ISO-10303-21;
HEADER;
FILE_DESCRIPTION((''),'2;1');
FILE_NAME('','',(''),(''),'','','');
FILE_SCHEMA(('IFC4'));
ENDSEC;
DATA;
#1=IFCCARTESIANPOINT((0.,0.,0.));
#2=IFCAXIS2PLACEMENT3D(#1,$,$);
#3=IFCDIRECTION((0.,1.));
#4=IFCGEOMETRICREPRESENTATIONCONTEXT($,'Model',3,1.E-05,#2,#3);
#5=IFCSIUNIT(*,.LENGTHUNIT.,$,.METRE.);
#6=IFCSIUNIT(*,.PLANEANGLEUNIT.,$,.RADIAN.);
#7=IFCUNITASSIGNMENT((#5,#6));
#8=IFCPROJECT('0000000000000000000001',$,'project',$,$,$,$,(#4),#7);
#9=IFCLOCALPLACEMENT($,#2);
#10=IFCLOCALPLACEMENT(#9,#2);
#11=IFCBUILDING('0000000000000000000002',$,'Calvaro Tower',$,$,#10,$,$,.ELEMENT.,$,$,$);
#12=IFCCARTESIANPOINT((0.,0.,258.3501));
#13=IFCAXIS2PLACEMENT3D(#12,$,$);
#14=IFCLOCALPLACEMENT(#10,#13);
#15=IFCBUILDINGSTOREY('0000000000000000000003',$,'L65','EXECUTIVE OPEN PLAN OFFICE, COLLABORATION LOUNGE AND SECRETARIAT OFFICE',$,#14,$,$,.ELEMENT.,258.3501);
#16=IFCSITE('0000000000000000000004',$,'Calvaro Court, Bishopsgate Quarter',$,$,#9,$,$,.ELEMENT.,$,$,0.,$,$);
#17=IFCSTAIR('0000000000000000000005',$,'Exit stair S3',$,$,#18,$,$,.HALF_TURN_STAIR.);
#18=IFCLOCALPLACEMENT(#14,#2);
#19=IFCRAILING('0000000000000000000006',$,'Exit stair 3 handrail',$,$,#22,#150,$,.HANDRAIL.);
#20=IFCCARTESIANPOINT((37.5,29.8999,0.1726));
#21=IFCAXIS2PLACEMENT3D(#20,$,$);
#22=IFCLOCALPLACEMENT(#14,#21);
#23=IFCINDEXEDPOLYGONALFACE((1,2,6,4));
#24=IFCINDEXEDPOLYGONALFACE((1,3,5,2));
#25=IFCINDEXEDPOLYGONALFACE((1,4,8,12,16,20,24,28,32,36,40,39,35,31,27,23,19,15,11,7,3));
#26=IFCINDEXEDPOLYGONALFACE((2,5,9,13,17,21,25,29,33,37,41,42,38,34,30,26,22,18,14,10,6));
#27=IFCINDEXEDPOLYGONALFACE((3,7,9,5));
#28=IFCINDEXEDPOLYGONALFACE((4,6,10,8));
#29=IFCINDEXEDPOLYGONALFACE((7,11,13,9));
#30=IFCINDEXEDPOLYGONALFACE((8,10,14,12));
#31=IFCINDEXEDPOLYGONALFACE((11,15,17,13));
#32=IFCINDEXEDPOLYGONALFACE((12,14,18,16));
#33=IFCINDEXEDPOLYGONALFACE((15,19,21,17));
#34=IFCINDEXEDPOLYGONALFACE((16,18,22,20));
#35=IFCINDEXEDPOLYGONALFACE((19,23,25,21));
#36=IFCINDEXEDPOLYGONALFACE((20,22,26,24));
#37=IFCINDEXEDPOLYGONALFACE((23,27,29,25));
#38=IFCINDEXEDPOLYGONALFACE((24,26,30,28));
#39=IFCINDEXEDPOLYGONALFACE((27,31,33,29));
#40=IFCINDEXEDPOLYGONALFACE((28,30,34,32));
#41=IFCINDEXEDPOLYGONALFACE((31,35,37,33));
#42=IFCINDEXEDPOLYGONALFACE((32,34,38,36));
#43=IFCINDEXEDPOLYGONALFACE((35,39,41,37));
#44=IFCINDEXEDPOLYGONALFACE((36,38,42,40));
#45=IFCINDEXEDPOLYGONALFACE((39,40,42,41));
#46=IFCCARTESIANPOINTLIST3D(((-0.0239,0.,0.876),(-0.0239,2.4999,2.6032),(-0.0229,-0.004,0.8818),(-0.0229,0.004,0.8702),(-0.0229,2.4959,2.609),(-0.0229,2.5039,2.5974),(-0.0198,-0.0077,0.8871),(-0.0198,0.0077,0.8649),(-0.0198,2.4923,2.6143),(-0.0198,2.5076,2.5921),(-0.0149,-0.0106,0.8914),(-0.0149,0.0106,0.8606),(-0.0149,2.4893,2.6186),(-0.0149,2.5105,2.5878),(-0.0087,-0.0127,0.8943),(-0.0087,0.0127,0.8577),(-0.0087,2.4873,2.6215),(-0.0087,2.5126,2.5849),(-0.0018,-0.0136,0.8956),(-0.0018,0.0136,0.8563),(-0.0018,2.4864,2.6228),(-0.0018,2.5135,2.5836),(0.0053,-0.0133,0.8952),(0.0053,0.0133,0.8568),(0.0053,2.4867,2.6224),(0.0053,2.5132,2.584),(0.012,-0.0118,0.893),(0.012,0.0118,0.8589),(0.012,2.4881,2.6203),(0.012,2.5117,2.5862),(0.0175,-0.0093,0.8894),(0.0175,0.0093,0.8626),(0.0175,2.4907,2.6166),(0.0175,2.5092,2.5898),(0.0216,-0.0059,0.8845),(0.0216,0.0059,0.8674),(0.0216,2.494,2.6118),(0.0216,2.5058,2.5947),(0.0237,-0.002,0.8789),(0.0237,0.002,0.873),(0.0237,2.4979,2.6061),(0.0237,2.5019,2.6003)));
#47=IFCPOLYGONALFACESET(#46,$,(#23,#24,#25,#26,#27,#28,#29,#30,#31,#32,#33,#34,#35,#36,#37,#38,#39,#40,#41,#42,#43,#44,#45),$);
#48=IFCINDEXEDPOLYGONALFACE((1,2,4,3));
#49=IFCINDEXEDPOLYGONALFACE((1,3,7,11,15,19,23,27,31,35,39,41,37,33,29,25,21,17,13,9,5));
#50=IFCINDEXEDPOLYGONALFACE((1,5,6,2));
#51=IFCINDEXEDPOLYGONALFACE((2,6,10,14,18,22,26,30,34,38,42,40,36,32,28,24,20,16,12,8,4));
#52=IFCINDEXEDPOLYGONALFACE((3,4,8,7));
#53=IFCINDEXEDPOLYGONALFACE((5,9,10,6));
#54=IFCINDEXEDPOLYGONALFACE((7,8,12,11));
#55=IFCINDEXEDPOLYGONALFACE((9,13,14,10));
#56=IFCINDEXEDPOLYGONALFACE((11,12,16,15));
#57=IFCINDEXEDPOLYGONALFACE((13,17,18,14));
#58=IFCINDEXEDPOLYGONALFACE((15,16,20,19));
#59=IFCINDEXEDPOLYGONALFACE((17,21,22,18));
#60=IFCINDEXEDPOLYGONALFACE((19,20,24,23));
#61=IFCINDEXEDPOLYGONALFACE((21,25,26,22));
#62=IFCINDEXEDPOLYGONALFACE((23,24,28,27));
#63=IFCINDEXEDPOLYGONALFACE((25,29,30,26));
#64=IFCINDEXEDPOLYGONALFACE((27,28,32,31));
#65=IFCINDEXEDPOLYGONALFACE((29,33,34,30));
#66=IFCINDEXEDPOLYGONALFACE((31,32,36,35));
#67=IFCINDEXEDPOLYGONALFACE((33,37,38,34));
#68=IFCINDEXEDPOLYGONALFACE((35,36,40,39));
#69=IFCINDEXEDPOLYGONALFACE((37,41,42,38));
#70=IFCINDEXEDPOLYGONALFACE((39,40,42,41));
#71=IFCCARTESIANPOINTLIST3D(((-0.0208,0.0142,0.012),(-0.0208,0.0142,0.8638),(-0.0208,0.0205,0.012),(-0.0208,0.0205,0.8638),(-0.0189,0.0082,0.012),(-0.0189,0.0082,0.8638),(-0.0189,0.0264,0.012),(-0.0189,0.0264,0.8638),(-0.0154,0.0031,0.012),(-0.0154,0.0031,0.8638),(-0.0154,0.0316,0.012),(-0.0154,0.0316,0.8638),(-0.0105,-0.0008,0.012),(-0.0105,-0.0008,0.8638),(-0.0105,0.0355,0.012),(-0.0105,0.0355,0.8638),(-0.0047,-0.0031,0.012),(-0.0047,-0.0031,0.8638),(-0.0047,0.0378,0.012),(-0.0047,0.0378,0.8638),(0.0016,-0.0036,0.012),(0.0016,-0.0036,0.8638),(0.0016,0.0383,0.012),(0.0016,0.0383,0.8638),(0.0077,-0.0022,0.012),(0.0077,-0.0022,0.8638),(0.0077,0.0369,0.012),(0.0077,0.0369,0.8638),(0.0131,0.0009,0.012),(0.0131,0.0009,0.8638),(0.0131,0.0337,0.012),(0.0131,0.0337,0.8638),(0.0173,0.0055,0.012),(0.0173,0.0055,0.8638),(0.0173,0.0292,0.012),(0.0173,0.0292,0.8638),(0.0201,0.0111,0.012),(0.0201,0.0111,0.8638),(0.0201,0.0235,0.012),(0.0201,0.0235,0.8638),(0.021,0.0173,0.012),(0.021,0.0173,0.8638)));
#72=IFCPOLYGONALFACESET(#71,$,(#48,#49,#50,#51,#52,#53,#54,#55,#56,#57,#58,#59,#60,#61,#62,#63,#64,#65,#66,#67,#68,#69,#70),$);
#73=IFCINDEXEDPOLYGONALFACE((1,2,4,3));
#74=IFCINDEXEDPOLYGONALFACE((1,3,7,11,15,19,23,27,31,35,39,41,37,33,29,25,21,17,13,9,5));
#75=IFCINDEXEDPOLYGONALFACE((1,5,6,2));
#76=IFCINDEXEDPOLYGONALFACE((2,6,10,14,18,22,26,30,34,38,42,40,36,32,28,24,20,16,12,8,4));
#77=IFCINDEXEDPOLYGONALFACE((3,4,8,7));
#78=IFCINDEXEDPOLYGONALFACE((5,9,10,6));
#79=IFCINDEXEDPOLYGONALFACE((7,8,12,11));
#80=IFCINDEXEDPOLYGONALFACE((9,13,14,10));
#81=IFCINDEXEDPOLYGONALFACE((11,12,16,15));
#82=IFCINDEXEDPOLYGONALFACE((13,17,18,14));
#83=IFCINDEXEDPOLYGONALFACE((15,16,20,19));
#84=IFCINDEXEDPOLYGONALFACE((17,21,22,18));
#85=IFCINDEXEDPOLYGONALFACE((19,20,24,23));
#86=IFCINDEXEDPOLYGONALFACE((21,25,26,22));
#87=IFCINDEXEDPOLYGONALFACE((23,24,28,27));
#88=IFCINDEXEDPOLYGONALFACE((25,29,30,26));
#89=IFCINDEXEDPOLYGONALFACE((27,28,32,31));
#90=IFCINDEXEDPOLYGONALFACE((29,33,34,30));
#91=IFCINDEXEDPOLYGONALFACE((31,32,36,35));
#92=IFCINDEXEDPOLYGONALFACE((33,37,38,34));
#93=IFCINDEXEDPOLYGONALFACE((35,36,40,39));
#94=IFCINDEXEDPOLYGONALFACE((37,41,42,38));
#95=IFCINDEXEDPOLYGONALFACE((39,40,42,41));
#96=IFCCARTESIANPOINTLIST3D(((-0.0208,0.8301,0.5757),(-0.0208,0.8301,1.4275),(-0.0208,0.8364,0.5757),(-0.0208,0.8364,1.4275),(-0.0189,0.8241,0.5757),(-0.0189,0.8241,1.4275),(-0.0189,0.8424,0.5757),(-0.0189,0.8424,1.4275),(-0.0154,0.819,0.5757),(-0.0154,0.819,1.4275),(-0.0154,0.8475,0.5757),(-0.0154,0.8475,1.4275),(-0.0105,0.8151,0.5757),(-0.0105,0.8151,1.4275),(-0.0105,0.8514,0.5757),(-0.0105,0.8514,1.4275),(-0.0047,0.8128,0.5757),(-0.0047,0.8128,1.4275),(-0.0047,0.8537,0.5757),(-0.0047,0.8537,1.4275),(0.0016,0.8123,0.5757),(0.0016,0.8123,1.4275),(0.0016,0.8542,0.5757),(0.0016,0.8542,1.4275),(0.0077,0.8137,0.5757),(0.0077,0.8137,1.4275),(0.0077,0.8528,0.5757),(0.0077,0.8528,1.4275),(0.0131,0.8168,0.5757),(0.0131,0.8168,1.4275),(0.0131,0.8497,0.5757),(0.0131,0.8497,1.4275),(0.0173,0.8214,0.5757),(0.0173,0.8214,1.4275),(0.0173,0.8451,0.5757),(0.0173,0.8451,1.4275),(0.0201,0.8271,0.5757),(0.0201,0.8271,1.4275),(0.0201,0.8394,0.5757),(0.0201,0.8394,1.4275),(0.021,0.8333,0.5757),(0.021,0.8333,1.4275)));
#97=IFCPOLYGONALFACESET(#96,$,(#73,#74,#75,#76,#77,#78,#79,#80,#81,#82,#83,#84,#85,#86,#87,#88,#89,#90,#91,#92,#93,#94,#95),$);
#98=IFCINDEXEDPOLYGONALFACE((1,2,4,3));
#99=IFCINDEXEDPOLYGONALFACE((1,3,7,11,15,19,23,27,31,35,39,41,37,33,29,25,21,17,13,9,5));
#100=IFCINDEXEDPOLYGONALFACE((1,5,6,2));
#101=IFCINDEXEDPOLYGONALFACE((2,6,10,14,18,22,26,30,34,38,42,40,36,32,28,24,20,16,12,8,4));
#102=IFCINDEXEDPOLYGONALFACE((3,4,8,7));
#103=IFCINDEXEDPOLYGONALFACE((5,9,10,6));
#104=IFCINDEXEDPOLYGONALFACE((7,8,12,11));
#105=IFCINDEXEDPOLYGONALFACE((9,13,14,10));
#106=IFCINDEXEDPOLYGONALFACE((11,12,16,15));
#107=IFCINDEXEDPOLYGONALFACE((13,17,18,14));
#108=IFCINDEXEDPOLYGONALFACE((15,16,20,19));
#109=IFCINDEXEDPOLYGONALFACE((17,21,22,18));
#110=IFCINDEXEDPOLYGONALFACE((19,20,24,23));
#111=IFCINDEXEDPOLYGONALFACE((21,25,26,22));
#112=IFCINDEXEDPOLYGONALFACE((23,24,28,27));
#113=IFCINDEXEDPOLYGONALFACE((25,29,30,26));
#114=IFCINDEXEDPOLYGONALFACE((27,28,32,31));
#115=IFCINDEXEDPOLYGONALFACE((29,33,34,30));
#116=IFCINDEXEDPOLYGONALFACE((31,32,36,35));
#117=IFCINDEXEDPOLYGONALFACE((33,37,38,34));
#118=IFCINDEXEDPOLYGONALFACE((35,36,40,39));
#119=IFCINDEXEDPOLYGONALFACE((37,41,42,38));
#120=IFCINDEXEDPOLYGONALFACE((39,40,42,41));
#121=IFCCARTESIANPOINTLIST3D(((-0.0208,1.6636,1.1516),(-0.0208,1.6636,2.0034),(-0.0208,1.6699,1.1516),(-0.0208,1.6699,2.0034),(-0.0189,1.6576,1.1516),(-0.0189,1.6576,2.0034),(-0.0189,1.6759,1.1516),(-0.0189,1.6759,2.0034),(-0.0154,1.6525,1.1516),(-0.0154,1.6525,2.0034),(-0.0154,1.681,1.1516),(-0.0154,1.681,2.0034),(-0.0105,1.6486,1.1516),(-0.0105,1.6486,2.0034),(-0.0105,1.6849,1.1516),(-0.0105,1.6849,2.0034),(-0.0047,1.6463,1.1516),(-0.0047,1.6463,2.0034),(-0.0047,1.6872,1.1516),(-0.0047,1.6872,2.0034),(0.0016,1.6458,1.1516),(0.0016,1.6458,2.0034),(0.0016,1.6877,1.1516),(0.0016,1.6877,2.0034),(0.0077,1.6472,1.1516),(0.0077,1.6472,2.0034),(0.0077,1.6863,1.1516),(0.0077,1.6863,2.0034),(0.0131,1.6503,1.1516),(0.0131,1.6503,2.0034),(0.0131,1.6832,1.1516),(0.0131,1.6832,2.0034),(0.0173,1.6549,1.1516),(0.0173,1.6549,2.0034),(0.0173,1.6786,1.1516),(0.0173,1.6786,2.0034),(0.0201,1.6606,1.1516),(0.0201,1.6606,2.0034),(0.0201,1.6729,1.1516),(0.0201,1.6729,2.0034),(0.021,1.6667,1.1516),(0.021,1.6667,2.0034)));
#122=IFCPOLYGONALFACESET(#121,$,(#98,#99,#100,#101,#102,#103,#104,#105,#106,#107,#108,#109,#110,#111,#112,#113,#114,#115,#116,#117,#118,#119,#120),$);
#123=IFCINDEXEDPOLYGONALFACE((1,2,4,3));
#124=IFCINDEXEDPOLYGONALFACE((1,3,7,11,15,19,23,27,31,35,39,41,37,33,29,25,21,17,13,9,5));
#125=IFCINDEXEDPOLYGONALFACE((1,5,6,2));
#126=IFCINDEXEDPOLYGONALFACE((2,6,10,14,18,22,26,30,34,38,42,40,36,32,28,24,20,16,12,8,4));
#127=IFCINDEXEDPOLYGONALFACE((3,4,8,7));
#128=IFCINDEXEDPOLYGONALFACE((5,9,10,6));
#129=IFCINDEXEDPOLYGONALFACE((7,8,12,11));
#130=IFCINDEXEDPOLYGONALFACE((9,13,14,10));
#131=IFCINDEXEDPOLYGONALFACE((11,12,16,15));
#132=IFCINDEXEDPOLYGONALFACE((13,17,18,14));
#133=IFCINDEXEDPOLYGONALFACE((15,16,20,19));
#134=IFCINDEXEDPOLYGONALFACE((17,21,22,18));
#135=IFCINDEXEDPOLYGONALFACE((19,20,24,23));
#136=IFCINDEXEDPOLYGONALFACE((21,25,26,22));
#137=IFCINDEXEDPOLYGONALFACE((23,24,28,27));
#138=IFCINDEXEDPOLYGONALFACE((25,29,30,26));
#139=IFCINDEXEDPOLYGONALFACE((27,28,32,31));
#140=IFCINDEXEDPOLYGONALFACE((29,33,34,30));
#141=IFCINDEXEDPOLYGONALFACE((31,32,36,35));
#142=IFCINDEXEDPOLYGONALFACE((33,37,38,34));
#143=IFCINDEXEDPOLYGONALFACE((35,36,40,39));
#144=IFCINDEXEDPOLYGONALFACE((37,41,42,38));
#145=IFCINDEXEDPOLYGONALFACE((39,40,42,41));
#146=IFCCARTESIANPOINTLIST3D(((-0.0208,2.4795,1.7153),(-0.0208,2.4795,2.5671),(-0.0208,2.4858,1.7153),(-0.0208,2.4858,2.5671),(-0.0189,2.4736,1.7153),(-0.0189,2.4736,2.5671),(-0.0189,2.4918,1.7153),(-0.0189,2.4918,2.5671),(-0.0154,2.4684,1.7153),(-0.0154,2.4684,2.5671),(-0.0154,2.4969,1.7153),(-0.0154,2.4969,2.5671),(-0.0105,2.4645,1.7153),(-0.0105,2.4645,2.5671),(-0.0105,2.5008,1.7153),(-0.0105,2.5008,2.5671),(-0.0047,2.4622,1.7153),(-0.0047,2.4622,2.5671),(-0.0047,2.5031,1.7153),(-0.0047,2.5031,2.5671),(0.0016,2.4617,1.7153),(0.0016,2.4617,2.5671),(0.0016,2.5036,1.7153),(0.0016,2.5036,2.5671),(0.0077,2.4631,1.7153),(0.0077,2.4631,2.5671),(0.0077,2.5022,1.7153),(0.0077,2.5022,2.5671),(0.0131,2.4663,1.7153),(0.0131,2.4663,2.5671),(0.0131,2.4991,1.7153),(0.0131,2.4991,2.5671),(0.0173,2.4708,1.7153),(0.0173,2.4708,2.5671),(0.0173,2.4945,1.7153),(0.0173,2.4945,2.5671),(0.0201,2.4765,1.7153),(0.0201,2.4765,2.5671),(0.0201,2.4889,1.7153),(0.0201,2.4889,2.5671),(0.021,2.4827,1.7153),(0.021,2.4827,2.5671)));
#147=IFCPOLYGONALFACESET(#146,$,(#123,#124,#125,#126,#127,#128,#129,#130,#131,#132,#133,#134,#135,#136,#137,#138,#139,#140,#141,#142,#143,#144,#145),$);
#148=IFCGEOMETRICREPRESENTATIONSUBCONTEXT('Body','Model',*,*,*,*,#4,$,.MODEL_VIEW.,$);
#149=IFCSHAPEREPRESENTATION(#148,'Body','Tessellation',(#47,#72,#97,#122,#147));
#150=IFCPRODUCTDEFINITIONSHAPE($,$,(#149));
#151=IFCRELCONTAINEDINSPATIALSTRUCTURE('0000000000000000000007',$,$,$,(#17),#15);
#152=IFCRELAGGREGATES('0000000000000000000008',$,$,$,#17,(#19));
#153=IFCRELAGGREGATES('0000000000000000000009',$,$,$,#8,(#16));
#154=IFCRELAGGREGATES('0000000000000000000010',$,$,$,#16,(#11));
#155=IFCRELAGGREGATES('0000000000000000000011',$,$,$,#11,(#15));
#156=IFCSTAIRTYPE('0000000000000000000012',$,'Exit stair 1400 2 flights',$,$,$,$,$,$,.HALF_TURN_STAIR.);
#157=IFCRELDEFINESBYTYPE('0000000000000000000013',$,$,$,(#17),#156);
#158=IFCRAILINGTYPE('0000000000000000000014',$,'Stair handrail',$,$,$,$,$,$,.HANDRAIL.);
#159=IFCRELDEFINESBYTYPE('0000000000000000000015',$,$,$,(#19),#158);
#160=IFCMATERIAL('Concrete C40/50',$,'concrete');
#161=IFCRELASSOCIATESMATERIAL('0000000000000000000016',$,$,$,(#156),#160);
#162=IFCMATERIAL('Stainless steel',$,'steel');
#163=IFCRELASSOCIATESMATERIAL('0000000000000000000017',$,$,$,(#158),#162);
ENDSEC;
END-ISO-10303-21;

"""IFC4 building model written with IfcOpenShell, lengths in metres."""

from ifc_helpers import new_model, si_unit, direction, frame, origin, origin_2d, place, context, subcontext, project, spatial, circle, extrude, material, type_object, element, aggregate, save


model = new_model("IFC4")

# Units and contexts
model_context = context("Model", 3, precision=1e-05, world=origin(), true_north=direction((0.0, 1.0)))
body_context = subcontext(model_context, "Body", "Model", "MODEL_VIEW")
ifc_project = project(units=[si_unit("LENGTHUNIT", "METRE"), si_unit("PLANEANGLEUNIT", "RADIAN")], contexts=[model_context])

# Site, building, storey
site_placement = place(None, origin())
site = spatial("IfcSite", under=ifc_project, at=site_placement, Name="Calvaro Court, Bishopsgate Quarter", CompositionType="ELEMENT", RefElevation=0.0)
building_placement = place(site_placement, origin())
building = spatial("IfcBuilding", under=site, at=building_placement, Name="Calvaro Tower", CompositionType="ELEMENT")
storey_placement = place(building_placement, frame((0.0, 0.0, 258.3501)))
storey = spatial("IfcBuildingStorey", under=building, at=storey_placement, Name="L65", Description="EXECUTIVE OPEN PLAN OFFICE, COLLABORATION LOUNGE AND SECRETARIAT OFFICE", CompositionType="ELEMENT", Elevation=258.3501)

# Stair
ifc_material_1 = material(Name="Concrete C40/50", Category="concrete")
stair_type = type_object("IfcStairType", Name="Exit stair 1400 2 flights", PredefinedType="HALF_TURN_STAIR", material=ifc_material_1)
stair_1_placement = place(storey_placement, origin())
stair_1 = element("IfcStair", 1, at=stair_1_placement, inside=storey, type_object=stair_type, Name="Exit stair S3", PredefinedType="HALF_TURN_STAIR")

# Railing
ifc_material_2 = material(Name="Stainless steel", Category="steel")
railing_type = type_object("IfcRailingType", Name="Stair handrail", PredefinedType="HANDRAIL", material=ifc_material_2)
railing_1_placement = place(storey_placement, frame((37.5, 29.8999, 0.1726)))
railing_1 = element("IfcRailing", 2, at=railing_1_placement, type_object=railing_type, Name="Exit stair 3 handrail", PredefinedType="HANDRAIL", context=body_context, shape_type="SweptSolid", body=[
    extrude(circle(Radius=0.0239, at=origin_2d()), frame((0.0, 0.0, 0.876), z_axis=(0.0, 0.822727, 0.568437), x_axis=(-1.0, 0.0, 0.0)), (0.0, 0.0, 1.0), 3.0386),
    extrude(circle(Radius=0.021, at=origin_2d()), frame((0.0, 0.0173, 0.012)), (0.0, 0.0, 1.0), 0.8518),
    extrude(circle(Radius=0.021, at=origin_2d()), frame((0.0, 0.8333, 0.5757)), (0.0, 0.0, 1.0), 0.8518),
    extrude(circle(Radius=0.021, at=origin_2d()), frame((0.0, 1.6667, 1.1516)), (0.0, 0.0, 1.0), 0.8518),
    extrude(circle(Radius=0.021, at=origin_2d()), frame((0.0, 2.4827, 1.7153)), (0.0, 0.0, 1.0), 0.8518),
])
aggregate(stair_1, [railing_1])

save(model, "model.ifc")
